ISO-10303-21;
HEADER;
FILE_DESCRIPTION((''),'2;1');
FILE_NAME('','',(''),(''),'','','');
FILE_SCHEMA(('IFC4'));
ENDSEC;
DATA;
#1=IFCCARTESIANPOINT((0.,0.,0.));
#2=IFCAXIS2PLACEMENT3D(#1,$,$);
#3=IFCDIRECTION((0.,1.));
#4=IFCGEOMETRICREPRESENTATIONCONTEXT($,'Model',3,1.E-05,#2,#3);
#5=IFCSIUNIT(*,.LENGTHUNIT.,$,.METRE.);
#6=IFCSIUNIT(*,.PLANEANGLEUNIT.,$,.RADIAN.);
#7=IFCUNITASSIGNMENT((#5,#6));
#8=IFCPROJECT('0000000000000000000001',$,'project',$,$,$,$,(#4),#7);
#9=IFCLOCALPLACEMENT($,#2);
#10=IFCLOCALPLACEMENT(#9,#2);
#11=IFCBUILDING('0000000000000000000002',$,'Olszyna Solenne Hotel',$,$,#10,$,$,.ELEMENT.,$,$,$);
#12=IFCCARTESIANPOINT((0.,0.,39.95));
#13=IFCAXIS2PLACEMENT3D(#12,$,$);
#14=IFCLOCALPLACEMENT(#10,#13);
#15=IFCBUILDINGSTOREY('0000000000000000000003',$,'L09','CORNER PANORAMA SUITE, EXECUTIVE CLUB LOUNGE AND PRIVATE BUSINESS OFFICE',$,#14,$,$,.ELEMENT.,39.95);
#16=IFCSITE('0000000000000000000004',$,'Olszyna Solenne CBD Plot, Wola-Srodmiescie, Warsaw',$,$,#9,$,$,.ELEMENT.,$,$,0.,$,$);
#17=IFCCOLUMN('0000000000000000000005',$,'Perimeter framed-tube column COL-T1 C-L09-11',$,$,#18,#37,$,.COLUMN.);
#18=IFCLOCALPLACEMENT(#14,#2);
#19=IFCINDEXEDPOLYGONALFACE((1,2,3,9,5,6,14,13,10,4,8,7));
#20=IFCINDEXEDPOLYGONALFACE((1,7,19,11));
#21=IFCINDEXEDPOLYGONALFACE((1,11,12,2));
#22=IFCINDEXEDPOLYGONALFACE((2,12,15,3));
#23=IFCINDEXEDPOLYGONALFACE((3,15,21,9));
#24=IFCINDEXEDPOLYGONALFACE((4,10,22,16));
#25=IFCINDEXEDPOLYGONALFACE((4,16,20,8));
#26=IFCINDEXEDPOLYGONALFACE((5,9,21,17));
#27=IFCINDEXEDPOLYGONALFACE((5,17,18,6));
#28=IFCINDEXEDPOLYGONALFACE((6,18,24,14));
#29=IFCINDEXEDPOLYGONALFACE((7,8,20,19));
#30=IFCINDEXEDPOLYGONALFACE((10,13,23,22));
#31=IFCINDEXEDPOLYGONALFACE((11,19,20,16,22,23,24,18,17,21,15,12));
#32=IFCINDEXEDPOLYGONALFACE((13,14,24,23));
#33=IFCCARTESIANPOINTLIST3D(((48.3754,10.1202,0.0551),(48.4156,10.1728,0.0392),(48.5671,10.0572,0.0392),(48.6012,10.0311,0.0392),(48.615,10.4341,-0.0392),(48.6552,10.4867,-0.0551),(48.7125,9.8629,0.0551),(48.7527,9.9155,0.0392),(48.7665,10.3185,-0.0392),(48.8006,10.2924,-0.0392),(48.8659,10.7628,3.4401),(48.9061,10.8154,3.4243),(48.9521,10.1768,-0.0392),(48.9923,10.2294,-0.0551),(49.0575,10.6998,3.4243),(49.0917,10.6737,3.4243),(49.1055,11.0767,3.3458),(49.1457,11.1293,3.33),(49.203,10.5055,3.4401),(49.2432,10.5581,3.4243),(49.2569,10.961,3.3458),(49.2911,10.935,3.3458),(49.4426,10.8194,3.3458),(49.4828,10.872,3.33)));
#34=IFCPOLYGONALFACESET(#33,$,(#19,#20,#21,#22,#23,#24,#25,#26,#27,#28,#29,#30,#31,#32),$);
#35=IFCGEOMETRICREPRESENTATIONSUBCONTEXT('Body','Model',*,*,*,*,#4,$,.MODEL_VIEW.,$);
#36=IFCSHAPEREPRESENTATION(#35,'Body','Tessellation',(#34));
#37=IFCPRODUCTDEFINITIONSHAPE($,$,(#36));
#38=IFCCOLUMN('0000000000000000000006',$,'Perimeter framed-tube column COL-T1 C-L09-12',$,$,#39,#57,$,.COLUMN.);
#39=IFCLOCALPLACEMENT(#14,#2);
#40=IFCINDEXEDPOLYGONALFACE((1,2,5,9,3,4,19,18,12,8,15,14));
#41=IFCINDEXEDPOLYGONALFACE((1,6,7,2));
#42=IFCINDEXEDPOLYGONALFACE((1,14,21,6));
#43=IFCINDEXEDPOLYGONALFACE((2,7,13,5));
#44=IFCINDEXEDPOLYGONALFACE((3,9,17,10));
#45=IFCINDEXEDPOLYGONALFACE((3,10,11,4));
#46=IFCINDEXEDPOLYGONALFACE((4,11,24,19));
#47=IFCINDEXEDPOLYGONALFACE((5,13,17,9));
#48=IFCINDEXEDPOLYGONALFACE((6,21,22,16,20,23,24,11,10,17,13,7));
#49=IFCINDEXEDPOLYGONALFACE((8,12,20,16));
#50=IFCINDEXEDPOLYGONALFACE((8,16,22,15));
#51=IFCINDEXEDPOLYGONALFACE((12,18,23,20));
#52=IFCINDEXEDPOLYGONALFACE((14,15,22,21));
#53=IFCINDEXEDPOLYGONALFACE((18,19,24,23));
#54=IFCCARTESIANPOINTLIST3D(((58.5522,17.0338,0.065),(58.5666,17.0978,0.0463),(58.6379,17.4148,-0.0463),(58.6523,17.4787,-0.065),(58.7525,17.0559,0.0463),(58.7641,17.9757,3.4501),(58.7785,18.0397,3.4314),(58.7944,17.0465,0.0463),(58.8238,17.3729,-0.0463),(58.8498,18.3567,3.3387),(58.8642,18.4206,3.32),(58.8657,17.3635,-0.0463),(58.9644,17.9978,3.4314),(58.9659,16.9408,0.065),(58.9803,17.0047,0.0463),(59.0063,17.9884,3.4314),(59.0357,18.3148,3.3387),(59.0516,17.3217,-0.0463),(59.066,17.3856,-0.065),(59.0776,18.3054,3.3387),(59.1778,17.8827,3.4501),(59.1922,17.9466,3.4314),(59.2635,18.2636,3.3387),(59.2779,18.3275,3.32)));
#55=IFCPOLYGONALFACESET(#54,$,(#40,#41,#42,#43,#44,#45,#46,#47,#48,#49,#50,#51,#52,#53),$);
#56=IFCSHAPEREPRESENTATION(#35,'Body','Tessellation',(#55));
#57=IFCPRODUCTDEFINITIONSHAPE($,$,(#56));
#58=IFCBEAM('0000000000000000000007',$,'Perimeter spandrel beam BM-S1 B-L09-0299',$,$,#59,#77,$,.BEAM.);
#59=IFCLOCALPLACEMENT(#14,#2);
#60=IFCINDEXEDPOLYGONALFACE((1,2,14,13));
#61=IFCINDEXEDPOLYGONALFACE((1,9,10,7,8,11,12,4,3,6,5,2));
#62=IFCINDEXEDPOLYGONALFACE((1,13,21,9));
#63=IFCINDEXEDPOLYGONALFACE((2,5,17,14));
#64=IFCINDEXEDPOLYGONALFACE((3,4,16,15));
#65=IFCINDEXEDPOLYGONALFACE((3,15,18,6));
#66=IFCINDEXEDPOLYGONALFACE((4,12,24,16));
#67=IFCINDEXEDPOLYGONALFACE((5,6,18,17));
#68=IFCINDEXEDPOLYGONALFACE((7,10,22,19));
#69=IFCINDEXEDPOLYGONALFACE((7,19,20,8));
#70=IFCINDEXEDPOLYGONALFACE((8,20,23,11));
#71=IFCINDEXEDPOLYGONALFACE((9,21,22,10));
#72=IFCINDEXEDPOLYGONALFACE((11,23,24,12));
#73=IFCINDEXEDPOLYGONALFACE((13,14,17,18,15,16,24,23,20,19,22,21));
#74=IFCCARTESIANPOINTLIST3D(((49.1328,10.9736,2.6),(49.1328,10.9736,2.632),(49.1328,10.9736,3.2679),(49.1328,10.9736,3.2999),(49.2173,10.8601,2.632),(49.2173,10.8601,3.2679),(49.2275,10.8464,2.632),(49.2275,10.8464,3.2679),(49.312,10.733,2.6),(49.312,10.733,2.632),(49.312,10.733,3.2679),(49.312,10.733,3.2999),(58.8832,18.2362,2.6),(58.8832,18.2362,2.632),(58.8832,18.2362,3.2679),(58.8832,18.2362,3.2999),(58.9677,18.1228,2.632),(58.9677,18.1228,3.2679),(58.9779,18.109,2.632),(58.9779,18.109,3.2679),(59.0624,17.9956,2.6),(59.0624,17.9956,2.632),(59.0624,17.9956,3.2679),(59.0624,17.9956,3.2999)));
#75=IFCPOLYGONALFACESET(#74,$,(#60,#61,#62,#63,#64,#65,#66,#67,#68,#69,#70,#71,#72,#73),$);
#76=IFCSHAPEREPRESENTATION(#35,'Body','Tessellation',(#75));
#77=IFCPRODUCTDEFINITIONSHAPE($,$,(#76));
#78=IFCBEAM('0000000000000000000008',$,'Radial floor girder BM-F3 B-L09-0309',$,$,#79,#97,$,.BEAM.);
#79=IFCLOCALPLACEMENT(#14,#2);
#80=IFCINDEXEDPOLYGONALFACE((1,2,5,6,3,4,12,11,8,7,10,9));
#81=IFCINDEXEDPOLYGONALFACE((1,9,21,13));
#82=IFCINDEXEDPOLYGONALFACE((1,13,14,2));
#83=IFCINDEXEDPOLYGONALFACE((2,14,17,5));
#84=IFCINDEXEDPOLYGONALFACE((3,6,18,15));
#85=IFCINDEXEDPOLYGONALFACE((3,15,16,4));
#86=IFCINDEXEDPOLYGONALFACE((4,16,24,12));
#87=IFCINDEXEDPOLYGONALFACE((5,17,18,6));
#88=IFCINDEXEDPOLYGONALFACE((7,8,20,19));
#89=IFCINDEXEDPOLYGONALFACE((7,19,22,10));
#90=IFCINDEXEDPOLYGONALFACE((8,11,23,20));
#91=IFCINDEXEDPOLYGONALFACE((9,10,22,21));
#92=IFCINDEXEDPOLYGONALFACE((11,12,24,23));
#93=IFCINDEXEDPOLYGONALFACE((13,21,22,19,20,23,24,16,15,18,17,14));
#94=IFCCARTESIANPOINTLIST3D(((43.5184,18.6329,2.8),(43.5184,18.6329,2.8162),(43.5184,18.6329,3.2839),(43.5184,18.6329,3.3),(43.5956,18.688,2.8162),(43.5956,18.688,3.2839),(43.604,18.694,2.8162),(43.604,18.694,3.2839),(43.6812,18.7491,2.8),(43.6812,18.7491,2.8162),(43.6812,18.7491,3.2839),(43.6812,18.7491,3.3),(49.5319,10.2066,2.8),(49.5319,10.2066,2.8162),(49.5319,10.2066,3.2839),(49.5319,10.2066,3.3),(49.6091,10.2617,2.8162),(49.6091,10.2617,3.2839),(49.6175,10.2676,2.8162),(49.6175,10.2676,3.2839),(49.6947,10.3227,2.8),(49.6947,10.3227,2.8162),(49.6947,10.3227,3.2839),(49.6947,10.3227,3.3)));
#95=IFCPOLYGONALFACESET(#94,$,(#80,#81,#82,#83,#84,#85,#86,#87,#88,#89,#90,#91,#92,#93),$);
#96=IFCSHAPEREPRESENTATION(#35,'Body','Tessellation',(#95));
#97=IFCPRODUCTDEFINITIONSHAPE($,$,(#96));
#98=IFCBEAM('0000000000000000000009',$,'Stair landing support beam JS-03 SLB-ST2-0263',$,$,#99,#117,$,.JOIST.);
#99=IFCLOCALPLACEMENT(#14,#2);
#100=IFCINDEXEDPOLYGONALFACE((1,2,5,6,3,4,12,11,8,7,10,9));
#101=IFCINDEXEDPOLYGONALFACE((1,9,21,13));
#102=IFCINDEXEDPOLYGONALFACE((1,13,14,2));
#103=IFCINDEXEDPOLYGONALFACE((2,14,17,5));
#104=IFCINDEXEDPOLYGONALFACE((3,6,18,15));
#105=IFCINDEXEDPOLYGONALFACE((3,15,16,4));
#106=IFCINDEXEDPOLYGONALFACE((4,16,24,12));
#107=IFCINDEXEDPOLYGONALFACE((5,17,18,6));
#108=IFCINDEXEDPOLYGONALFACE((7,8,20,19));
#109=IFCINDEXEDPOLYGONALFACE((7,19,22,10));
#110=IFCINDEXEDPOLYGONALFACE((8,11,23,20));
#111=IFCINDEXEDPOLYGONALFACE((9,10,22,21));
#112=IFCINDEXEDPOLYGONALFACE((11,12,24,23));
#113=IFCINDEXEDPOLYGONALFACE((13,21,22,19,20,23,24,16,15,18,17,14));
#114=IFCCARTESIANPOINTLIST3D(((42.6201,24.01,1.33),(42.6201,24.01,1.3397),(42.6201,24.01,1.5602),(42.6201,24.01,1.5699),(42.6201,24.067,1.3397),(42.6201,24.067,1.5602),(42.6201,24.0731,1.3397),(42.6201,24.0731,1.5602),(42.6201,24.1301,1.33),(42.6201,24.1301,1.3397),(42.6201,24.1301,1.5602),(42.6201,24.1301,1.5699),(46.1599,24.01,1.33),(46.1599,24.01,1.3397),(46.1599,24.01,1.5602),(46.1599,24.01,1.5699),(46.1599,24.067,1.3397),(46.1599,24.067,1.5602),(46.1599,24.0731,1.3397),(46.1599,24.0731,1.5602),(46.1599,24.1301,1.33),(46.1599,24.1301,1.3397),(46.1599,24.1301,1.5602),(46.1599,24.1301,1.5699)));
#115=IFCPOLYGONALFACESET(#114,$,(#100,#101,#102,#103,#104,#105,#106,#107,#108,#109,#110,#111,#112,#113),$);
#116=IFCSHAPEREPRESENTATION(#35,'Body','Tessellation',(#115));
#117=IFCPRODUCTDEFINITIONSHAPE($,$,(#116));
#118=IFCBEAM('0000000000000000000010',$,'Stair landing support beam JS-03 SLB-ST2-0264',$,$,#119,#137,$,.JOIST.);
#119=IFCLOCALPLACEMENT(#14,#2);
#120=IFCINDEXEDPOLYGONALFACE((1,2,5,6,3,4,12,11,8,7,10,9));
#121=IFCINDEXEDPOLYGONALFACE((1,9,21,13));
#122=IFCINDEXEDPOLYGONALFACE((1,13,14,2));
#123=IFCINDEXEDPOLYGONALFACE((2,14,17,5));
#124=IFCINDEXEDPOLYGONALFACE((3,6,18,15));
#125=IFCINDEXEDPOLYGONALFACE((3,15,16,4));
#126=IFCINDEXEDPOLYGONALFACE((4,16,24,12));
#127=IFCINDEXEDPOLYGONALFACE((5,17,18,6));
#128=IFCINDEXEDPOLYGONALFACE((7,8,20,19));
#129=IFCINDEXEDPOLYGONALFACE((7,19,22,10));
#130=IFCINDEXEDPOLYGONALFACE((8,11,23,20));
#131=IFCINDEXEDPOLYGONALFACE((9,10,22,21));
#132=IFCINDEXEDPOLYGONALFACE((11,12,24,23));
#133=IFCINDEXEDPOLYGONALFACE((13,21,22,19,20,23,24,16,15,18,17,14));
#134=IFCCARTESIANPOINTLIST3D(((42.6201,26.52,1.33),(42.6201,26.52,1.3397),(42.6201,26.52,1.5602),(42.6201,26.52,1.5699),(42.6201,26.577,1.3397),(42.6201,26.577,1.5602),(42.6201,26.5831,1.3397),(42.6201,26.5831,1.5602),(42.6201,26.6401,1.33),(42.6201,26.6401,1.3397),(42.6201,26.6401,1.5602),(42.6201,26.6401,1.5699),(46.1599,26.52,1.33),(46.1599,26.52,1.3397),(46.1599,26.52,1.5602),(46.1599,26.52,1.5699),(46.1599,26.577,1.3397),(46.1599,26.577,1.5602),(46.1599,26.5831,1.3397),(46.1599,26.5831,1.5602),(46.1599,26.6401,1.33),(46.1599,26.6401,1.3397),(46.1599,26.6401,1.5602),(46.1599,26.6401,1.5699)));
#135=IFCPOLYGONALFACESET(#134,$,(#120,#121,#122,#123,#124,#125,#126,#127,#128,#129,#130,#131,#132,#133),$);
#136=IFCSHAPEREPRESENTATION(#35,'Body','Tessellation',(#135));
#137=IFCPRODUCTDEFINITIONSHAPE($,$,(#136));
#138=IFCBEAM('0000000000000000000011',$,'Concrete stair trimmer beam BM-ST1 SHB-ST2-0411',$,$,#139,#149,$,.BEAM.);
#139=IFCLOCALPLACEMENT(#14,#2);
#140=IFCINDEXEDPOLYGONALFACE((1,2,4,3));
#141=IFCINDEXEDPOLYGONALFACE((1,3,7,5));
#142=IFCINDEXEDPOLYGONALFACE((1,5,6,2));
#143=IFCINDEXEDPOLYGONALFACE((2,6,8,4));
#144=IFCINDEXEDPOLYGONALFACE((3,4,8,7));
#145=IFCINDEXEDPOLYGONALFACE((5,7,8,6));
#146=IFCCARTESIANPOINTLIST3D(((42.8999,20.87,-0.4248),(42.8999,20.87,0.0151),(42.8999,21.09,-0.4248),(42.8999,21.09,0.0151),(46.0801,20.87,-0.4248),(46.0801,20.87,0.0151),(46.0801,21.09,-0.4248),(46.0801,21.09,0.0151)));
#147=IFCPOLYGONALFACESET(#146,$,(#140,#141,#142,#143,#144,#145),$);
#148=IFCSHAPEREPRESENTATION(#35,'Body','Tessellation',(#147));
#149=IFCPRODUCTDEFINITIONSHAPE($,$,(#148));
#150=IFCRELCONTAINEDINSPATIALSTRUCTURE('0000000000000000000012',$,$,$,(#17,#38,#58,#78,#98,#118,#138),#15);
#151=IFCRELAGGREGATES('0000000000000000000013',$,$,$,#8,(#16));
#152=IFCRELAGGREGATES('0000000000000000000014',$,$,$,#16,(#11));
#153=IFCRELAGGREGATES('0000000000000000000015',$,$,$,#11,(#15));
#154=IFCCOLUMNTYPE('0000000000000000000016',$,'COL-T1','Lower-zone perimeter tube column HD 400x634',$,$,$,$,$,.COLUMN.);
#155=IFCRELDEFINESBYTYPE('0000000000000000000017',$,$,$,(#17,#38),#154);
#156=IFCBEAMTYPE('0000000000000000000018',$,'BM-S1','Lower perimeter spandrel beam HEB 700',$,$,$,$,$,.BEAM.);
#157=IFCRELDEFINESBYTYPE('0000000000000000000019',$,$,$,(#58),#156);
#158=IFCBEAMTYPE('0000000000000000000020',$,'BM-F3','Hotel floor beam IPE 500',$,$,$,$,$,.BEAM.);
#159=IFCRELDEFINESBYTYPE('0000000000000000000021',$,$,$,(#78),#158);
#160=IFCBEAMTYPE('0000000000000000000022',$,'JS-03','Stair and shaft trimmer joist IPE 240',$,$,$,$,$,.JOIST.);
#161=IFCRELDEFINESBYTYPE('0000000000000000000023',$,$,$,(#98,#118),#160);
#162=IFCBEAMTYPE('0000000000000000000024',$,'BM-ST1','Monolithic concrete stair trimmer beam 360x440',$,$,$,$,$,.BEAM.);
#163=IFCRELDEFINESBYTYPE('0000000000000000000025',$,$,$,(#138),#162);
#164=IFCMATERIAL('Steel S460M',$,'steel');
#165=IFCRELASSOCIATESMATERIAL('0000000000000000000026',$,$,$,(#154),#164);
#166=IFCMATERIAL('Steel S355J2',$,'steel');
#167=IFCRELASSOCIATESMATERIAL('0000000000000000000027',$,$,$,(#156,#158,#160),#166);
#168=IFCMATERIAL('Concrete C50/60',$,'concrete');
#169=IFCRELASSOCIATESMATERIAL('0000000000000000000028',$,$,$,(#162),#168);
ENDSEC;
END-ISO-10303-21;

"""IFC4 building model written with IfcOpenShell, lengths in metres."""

from ifc_helpers import new_model, si_unit, direction, frame, origin, origin_2d, place, context, subcontext, project, spatial, rectangle, i_section, extrude, source, transform, mapped, material, material_profile, profile_set, type_object, element, save


model = new_model("IFC4")

# Units and contexts
model_context = context("Model", 3, precision=1e-05, world=origin(), true_north=direction((0.0, 1.0)))
body_context = subcontext(model_context, "Body", "Model", "MODEL_VIEW")
ifc_project = project(units=[si_unit("LENGTHUNIT", "METRE"), si_unit("PLANEANGLEUNIT", "RADIAN")], contexts=[model_context])

# Site, building, storey
site_placement = place(None, origin())
site = spatial("IfcSite", under=ifc_project, at=site_placement, Name="Olszyna Solenne CBD Plot, Wola-Srodmiescie, Warsaw", CompositionType="ELEMENT", RefElevation=0.0)
building_placement = place(site_placement, origin())
building = spatial("IfcBuilding", under=site, at=building_placement, Name="Olszyna Solenne Hotel", CompositionType="ELEMENT")
storey_placement = place(building_placement, frame((0.0, 0.0, 39.95)))
storey = spatial("IfcBuildingStorey", under=building, at=storey_placement, Name="L09", Description="CORNER PANORAMA SUITE, EXECUTIVE CLUB LOUNGE AND PRIVATE BUSINESS OFFICE", CompositionType="ELEMENT", Elevation=39.95)

# Columns
ifc_material_1 = material(Name="Steel S460M", Category="steel")
ifc_material_profile_1 = material_profile(ifc_material_1, i_section(OverallWidth=0.4241, OverallDepth=0.4741, WebThickness=0.043, FlangeThickness=0.0681, at=origin_2d()), Name="HD 400x634", Category="load-bearing")
ifc_profile_set_1 = profile_set([ifc_material_profile_1], Name="Steel S460M")
column_type = type_object("IfcColumnType", Name="COL-T1", Description="Lower-zone perimeter tube column HD 400x634", PredefinedType="COLUMN", material=ifc_profile_set_1)
shared_shape_1 = source(origin(), body_context, "Body", "SweptSolid", [
    extrude(i_section(OverallWidth=0.4241, OverallDepth=0.4741, WebThickness=0.043, FlangeThickness=0.0681, at=origin_2d()), origin(), (0.0, 0.0, 1.0), 3.4802),
])
column_1_placement = place(storey_placement, frame((48.6838, 10.1748, 0.0), z_axis=(0.140934, 0.184638, 0.972649), x_axis=(-0.794898, 0.606744, 0.0)))
element("IfcColumn", 1, at=column_1_placement, inside=storey, type_object=column_type, Name="Perimeter framed-tube column COL-T1 C-L09-11", PredefinedType="COLUMN", context=body_context, shape_type="MappedRepresentation", body=[
    mapped(shared_shape_1, transform((0.0, 0.0, 0.0), x_axis=(1.0, 0.0, 0.0), y_axis=(0.0, 1.0, 0.0), z_axis=(0.0, 0.0, 1.0), scale=1.0)),
])
shared_shape_2 = source(origin(), body_context, "Body", "SweptSolid", [
    extrude(i_section(OverallWidth=0.4241, OverallDepth=0.4741, WebThickness=0.043, FlangeThickness=0.0681, at=origin_2d()), origin(), (0.0, 0.0, 1.0), 3.52),
])
column_2_placement = place(storey_placement, frame((58.8091, 17.2097, 0.0), z_axis=(0.060203, 0.267584, 0.961652), x_axis=(-0.975612, 0.2195, 0.0)))
element("IfcColumn", 2, at=column_2_placement, inside=storey, type_object=column_type, Name="Perimeter framed-tube column COL-T1 C-L09-12", PredefinedType="COLUMN", context=body_context, shape_type="MappedRepresentation", body=[
    mapped(shared_shape_2, transform((0.0, 0.0, 0.0), x_axis=(1.0, 0.0, 0.0), y_axis=(0.0, 1.0, 0.0), z_axis=(0.0, 0.0, 1.0), scale=1.0)),
])

# Beams
ifc_material_2 = material(Name="Steel S355J2", Category="steel")
ifc_material_profile_2 = material_profile(ifc_material_2, i_section(OverallWidth=0.3, OverallDepth=0.7, WebThickness=0.0171, FlangeThickness=0.032, at=origin_2d()), Name="HEB 700", Category="load-bearing")
ifc_profile_set_2 = profile_set([ifc_material_profile_2], Name="Steel S355J2")
beam_type_1 = type_object("IfcBeamType", Name="BM-S1", Description="Lower perimeter spandrel beam HEB 700", PredefinedType="BEAM", material=ifc_profile_set_2)
shared_shape_3 = source(origin(), body_context, "Body", "SweptSolid", [
    extrude(i_section(OverallWidth=0.3, OverallDepth=0.7, WebThickness=0.0171, FlangeThickness=0.032, at=origin_2d()), origin(), (0.0, 0.0, 1.0), 12.158),
])
beam_1_placement = place(storey_placement, frame((49.2224, 10.8533, 2.95), z_axis=(0.801976, 0.597356, 0.0), x_axis=(-0.597356, 0.801976, 0.0)))
element("IfcBeam", 3, at=beam_1_placement, inside=storey, type_object=beam_type_1, Name="Perimeter spandrel beam BM-S1 B-L09-0299", PredefinedType="BEAM", context=body_context, shape_type="MappedRepresentation", body=[
    mapped(shared_shape_3, transform((0.0, 0.0, 0.0), x_axis=(1.0, 0.0, 0.0), y_axis=(0.0, 1.0, 0.0), z_axis=(0.0, 0.0, 1.0), scale=1.0)),
])
ifc_material_profile_3 = material_profile(ifc_material_2, i_section(OverallWidth=0.2, OverallDepth=0.5, WebThickness=0.0103, FlangeThickness=0.0161, at=origin_2d()), Name="IPE 500", Category="load-bearing")
ifc_profile_set_3 = profile_set([ifc_material_profile_3], Name="Steel S355J2")
beam_type_2 = type_object("IfcBeamType", Name="BM-F3", Description="Hotel floor beam IPE 500", PredefinedType="BEAM", material=ifc_profile_set_3)
shared_shape_4 = source(origin(), body_context, "Body", "SweptSolid", [
    extrude(i_section(OverallWidth=0.2, OverallDepth=0.5, WebThickness=0.0103, FlangeThickness=0.0161, at=origin_2d()), origin(), (0.0, 0.0, 1.0), 10.3521),
])
beam_2_placement = place(storey_placement, frame((49.6133, 10.2646, 3.05), z_axis=(-0.580897, 0.813977, 0.0), x_axis=(-0.813977, -0.580897, 0.0)))
element("IfcBeam", 4, at=beam_2_placement, inside=storey, type_object=beam_type_2, Name="Radial floor girder BM-F3 B-L09-0309", PredefinedType="BEAM", context=body_context, shape_type="MappedRepresentation", body=[
    mapped(shared_shape_4, transform((0.0, 0.0, 0.0), x_axis=(1.0, 0.0, 0.0), y_axis=(0.0, 1.0, 0.0), z_axis=(0.0, 0.0, 1.0), scale=1.0)),
])
ifc_material_profile_4 = material_profile(ifc_material_2, i_section(OverallWidth=0.1201, OverallDepth=0.24, WebThickness=0.0061, FlangeThickness=0.0098, at=origin_2d()), Name="IPE 240", Category="load-bearing")
ifc_profile_set_4 = profile_set([ifc_material_profile_4], Name="Steel S355J2")
beam_type_3 = type_object("IfcBeamType", Name="JS-03", Description="Stair and shaft trimmer joist IPE 240", PredefinedType="JOIST", material=ifc_profile_set_4)
shared_shape_5 = source(origin(), body_context, "Body", "SweptSolid", [
    extrude(i_section(OverallWidth=0.1201, OverallDepth=0.24, WebThickness=0.0061, FlangeThickness=0.0098, at=origin_2d()), origin(), (0.0, 0.0, 1.0), 3.5398),
])
for number, where, z_axis, x_axis, name in (
    (5, (46.1599, 24.0701, 1.45), (-1.0, 0.0, 0.0), (0.0, -1.0, 0.0), "Stair landing support beam JS-03 SLB-ST2-0263"),
    (6, (46.1599, 26.5801, 1.45), (-1.0, 0.0, 0.0), (0.0, -1.0, 0.0), "Stair landing support beam JS-03 SLB-ST2-0264"),
):
    element("IfcBeam", number, at=place(storey_placement, frame(where, z_axis=z_axis, x_axis=x_axis)), inside=storey, type_object=beam_type_3, Name=name, PredefinedType="JOIST", context=body_context, shape_type="MappedRepresentation", body=[
        mapped(shared_shape_5, transform((0.0, 0.0, 0.0), x_axis=(1.0, 0.0, 0.0), y_axis=(0.0, 1.0, 0.0), z_axis=(0.0, 0.0, 1.0), scale=1.0)),
    ])
ifc_material_3 = material(Name="Concrete C50/60", Category="concrete")
ifc_material_profile_5 = material_profile(ifc_material_3, rectangle(XDim=0.22, YDim=0.4399, at=origin_2d()), Name="RC 220x440", Category="load-bearing")
ifc_profile_set_5 = profile_set([ifc_material_profile_5], Name="Concrete C50/60")
beam_type_4 = type_object("IfcBeamType", Name="BM-ST1", Description="Monolithic concrete stair trimmer beam 360x440", PredefinedType="BEAM", material=ifc_profile_set_5)
shared_shape_6 = source(origin(), body_context, "Body", "SweptSolid", [
    extrude(rectangle(XDim=0.22, YDim=0.4399, at=origin_2d()), origin(), (0.0, 0.0, 1.0), 3.1802),
])
beam_3_placement = place(storey_placement, frame((46.0801, 20.98, -0.2048), z_axis=(-1.0, 0.0, 0.0), x_axis=(0.0, -1.0, 0.0)))
element("IfcBeam", 7, at=beam_3_placement, inside=storey, type_object=beam_type_4, Name="Concrete stair trimmer beam BM-ST1 SHB-ST2-0411", PredefinedType="BEAM", context=body_context, shape_type="MappedRepresentation", body=[
    mapped(shared_shape_6, transform((0.0, 0.0, 0.0), x_axis=(1.0, 0.0, 0.0), y_axis=(0.0, 1.0, 0.0), z_axis=(0.0, 0.0, 1.0), scale=1.0)),
])

save(model, "model.ifc")
